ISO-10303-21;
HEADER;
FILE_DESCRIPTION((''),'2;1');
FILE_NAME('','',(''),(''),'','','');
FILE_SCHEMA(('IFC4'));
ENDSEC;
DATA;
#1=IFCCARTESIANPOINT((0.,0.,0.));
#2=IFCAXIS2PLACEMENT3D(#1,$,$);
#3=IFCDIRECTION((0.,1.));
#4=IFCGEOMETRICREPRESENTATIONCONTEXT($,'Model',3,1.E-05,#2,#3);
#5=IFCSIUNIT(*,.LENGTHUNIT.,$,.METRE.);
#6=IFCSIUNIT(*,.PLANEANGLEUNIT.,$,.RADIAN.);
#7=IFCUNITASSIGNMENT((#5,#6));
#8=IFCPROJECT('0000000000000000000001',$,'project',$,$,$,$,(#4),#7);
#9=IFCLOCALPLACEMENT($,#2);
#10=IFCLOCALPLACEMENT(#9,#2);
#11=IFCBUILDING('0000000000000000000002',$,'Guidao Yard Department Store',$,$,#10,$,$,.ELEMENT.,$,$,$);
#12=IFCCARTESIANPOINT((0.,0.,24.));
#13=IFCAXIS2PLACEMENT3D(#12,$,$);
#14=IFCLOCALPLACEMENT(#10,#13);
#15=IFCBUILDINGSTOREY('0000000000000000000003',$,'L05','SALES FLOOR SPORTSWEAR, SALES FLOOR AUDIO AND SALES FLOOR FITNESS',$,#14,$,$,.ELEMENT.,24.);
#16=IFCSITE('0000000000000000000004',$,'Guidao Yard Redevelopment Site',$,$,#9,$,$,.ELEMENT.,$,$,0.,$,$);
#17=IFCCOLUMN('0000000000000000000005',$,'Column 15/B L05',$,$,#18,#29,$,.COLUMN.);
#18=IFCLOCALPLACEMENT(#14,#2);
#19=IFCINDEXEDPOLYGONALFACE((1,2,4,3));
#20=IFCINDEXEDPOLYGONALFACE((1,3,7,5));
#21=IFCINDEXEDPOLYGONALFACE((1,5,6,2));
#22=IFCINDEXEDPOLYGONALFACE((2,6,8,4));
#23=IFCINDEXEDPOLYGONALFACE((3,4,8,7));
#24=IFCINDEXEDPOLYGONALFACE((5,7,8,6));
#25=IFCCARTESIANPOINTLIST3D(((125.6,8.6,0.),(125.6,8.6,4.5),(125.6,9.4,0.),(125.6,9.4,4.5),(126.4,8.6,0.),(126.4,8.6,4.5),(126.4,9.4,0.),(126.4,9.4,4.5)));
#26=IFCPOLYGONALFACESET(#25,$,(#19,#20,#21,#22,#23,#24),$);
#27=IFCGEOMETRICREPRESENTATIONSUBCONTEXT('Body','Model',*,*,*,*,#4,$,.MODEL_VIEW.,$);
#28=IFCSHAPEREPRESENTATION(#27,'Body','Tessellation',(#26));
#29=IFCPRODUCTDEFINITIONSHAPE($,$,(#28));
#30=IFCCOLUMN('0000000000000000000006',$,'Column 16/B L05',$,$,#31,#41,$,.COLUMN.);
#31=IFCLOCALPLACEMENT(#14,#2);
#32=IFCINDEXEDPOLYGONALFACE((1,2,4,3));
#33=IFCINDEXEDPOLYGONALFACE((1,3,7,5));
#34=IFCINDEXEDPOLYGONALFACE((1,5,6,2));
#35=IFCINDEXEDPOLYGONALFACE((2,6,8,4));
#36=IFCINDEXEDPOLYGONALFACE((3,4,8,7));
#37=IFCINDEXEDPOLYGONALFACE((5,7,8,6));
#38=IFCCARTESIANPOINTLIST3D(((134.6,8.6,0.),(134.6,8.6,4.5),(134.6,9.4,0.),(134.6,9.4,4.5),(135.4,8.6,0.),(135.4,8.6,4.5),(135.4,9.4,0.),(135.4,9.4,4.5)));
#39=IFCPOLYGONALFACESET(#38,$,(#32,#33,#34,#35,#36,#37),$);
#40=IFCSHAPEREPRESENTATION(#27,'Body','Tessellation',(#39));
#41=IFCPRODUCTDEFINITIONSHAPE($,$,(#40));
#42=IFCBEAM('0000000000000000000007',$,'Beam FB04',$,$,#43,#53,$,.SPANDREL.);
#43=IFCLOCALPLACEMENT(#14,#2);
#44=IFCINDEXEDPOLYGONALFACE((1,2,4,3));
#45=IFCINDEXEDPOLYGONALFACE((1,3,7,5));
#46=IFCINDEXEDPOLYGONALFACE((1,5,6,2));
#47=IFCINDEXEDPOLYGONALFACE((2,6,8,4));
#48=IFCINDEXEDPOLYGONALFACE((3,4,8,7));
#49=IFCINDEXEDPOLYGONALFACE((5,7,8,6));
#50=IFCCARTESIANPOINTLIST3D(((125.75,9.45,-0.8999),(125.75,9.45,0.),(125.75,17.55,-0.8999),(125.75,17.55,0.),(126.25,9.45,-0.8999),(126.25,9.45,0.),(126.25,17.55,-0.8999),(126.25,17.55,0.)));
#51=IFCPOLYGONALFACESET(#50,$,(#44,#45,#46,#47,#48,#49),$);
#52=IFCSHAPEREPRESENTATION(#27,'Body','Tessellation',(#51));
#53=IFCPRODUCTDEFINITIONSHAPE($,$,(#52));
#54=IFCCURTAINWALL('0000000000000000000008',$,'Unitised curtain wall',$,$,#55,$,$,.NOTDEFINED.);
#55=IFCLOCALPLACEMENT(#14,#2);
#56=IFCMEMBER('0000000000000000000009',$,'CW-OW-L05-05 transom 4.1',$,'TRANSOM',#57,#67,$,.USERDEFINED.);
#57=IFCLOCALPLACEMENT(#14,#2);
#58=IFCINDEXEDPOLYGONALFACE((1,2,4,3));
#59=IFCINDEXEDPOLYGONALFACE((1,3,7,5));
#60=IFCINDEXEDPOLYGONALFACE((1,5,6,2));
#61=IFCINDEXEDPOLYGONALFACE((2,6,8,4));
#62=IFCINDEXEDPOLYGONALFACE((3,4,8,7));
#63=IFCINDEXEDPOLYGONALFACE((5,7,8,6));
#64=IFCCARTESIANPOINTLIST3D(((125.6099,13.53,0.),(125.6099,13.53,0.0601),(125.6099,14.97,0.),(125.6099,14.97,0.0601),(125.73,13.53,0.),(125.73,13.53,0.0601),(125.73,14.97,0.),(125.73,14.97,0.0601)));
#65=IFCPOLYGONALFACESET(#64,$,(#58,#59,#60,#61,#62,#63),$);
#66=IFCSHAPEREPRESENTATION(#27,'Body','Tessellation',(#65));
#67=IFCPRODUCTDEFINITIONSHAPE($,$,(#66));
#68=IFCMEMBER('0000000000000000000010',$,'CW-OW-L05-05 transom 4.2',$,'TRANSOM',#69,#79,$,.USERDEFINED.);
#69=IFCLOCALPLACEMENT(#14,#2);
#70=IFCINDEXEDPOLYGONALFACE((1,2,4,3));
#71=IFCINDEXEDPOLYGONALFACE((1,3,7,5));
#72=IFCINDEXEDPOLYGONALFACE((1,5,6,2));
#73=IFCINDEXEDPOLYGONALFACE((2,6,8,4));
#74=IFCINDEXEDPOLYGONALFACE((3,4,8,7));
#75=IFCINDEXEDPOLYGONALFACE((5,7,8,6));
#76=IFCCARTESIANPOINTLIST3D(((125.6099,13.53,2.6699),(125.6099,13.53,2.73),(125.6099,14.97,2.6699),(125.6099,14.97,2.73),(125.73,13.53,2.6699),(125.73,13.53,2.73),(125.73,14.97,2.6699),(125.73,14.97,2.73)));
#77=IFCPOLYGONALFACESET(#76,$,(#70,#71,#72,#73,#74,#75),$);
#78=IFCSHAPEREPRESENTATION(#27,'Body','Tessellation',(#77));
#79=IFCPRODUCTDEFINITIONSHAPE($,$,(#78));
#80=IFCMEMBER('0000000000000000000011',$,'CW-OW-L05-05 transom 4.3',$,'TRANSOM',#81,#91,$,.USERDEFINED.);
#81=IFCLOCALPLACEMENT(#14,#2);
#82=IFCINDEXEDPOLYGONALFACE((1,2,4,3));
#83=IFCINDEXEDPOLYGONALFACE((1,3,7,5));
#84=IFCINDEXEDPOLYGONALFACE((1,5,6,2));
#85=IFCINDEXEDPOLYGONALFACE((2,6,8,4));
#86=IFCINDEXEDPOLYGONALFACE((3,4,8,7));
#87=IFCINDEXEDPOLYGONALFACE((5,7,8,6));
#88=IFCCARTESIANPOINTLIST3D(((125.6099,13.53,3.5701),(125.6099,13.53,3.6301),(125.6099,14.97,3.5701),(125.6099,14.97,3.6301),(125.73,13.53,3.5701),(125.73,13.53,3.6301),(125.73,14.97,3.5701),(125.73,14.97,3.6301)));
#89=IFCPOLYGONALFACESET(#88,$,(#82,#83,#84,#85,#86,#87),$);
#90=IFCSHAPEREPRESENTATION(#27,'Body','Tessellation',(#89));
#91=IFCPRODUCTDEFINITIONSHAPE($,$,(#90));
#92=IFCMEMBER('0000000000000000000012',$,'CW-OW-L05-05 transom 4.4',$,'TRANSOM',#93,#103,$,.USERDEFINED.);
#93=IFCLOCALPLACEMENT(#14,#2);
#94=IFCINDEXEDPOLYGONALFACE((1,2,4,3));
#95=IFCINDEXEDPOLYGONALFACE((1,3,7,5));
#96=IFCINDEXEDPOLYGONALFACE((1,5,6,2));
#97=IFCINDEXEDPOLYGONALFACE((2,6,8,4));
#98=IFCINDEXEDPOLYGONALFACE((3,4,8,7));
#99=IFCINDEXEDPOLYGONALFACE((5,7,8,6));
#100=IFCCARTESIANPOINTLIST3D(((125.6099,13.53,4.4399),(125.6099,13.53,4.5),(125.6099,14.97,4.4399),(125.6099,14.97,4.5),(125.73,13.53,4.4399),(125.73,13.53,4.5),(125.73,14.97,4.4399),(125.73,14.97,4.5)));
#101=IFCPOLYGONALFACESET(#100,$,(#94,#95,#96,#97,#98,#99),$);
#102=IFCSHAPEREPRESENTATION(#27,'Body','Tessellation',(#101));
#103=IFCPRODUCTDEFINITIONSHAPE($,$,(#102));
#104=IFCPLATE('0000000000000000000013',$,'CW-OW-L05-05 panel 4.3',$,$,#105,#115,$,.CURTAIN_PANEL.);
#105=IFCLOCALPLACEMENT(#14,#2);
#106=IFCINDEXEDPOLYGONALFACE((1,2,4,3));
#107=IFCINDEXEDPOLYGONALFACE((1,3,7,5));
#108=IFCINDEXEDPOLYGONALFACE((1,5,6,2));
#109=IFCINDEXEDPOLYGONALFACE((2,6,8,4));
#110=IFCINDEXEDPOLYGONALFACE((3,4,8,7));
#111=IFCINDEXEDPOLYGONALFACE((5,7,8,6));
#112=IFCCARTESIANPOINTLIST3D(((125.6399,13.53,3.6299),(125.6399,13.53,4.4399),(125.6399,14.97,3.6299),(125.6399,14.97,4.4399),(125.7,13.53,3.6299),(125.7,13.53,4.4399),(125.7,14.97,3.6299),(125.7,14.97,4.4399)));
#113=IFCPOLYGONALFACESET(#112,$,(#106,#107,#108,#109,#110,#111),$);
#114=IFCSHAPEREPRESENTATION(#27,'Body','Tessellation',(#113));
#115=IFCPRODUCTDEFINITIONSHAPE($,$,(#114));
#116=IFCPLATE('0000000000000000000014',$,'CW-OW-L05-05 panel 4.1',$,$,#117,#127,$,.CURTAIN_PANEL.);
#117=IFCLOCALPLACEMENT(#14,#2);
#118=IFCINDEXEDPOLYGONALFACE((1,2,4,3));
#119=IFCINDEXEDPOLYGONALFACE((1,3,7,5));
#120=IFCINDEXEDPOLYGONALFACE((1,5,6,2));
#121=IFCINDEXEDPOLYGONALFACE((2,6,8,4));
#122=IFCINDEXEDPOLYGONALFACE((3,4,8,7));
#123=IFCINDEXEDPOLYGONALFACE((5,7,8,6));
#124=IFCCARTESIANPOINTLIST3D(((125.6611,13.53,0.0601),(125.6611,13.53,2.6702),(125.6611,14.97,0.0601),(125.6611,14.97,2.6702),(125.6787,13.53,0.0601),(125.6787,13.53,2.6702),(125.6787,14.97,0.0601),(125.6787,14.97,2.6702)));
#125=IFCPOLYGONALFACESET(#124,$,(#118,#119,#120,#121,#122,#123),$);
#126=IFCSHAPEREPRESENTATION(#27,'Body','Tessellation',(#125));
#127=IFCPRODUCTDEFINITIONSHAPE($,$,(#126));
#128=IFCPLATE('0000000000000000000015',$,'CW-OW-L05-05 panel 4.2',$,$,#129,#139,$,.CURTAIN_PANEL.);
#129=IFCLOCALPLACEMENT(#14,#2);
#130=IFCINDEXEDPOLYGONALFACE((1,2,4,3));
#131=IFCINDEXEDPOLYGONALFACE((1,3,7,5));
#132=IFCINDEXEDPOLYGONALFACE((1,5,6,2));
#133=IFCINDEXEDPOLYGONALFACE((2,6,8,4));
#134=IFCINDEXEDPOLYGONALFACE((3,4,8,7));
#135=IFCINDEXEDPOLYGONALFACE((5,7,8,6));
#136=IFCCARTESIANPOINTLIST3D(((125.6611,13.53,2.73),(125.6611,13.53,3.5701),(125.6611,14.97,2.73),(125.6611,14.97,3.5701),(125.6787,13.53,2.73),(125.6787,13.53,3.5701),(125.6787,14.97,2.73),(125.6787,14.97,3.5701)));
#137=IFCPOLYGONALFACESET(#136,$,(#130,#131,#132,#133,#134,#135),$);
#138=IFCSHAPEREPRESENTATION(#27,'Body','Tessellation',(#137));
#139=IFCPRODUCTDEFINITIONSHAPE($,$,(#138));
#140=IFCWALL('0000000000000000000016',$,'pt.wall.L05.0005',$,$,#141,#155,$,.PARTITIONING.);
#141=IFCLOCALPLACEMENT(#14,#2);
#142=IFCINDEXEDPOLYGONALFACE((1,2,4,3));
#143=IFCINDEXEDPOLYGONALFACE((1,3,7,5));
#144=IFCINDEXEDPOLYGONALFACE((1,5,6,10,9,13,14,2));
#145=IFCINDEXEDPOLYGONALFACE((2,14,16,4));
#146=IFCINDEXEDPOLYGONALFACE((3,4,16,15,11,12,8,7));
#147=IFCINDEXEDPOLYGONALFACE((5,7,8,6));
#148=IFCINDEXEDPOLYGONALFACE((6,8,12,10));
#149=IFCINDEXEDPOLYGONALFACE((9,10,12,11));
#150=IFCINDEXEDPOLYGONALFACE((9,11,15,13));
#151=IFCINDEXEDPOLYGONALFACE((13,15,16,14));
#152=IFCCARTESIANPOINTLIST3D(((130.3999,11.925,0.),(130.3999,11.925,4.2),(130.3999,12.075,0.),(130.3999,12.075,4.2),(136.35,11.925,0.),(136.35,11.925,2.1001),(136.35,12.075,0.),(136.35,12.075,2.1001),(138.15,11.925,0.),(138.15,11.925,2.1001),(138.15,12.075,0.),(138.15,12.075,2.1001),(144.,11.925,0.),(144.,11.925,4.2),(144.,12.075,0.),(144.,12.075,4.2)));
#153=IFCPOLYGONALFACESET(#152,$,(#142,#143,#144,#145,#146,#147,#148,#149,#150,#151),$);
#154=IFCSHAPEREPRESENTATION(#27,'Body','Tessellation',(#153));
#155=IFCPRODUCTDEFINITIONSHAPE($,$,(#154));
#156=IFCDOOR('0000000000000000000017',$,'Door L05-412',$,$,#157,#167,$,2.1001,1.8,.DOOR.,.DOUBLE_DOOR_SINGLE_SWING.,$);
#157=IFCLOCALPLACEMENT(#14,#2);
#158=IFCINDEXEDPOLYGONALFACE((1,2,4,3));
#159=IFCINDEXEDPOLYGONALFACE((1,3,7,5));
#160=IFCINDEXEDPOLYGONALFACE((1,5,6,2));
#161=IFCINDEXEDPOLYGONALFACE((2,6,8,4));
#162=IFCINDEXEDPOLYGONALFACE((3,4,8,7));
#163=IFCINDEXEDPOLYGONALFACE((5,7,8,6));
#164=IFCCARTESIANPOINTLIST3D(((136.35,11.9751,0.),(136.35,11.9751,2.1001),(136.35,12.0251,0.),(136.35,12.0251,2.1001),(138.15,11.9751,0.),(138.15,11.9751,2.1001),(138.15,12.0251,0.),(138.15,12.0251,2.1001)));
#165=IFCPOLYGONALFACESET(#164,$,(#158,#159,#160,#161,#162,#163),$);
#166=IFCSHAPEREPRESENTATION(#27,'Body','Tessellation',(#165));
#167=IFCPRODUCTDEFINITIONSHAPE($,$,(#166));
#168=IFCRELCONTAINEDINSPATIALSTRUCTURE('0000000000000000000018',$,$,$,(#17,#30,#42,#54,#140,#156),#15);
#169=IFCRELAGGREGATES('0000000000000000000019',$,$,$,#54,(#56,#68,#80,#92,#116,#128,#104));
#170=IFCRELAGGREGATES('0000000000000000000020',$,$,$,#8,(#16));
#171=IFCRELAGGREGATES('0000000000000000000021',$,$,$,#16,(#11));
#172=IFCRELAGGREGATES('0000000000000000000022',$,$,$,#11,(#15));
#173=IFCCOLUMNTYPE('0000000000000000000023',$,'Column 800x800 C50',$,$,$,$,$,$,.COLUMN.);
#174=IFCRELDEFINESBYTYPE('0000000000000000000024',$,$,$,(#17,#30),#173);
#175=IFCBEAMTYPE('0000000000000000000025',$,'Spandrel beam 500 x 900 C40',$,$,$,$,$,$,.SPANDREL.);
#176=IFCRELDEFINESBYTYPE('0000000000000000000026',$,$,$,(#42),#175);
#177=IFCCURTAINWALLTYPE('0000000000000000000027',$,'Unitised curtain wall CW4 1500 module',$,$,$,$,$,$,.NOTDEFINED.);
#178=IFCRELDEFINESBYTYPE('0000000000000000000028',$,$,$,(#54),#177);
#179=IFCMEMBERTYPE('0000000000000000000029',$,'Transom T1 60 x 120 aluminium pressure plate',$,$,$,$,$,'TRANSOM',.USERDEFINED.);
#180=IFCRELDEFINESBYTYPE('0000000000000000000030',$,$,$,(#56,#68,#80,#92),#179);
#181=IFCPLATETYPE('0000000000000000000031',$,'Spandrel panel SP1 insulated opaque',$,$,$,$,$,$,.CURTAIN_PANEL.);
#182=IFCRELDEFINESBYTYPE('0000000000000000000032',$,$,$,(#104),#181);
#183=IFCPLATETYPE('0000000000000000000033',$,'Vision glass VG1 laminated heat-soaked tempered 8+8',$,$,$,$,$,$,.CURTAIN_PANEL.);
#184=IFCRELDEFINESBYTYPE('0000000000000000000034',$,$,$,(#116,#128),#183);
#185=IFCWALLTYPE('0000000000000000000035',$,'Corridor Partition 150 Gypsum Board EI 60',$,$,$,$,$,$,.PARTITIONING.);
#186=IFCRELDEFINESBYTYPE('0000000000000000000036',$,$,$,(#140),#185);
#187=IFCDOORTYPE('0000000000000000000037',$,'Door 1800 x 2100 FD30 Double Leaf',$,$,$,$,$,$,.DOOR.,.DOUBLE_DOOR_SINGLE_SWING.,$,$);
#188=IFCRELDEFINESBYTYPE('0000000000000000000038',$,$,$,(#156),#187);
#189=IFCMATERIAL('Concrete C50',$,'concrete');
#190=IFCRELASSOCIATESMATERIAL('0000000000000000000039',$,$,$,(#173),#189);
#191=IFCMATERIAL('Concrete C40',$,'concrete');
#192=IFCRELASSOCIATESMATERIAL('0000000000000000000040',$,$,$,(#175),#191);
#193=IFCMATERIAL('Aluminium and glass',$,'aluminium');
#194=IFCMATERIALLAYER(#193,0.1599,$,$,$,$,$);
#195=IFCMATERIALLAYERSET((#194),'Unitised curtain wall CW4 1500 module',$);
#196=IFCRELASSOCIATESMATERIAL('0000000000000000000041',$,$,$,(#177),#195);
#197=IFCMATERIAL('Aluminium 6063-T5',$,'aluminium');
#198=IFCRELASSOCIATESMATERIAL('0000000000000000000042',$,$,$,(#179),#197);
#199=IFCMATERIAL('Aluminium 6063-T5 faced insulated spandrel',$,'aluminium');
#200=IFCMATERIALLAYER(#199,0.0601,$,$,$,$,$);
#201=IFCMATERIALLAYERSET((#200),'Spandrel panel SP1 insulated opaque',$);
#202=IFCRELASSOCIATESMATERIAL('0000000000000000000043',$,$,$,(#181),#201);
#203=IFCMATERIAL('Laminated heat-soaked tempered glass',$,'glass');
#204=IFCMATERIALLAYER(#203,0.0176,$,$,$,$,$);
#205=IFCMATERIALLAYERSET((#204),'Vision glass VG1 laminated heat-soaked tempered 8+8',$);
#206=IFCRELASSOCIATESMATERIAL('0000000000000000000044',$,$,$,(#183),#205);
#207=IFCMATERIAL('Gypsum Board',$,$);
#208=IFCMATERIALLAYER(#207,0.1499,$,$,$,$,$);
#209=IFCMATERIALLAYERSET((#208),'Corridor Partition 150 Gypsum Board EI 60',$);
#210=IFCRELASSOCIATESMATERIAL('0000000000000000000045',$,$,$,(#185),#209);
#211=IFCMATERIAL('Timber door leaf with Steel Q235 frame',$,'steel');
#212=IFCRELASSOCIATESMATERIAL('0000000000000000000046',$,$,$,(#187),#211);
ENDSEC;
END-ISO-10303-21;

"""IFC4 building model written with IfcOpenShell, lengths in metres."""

from ifc_helpers import new_model, si_unit, direction, frame, frame_2d, origin, origin_2d, place, context, subcontext, project, spatial, rectangle, extrude, material, layer, layer_set, material_profile, profile_set, type_object, element, fill, aggregate, save


model = new_model("IFC4")

# Units and contexts
model_context = context("Model", 3, precision=1e-05, world=origin(), true_north=direction((0.0, 1.0)))
body_context = subcontext(model_context, "Body", "Model", "MODEL_VIEW")
ifc_project = project(units=[si_unit("LENGTHUNIT", "METRE"), si_unit("PLANEANGLEUNIT", "RADIAN")], contexts=[model_context])

# Site, building, storey
site_placement = place(None, origin())
site = spatial("IfcSite", under=ifc_project, at=site_placement, Name="Guidao Yard Redevelopment Site", CompositionType="ELEMENT", RefElevation=0.0)
building_placement = place(site_placement, origin())
building = spatial("IfcBuilding", under=site, at=building_placement, Name="Guidao Yard Department Store", CompositionType="ELEMENT")
storey_placement = place(building_placement, frame((0.0, 0.0, 24.0)))
storey = spatial("IfcBuildingStorey", under=building, at=storey_placement, Name="L05", Description="SALES FLOOR SPORTSWEAR, SALES FLOOR AUDIO AND SALES FLOOR FITNESS", CompositionType="ELEMENT", Elevation=24.0)

# Columns
ifc_material_1 = material(Name="Concrete C50", Category="concrete")
ifc_material_profile_1 = material_profile(ifc_material_1, rectangle(XDim=0.8, YDim=0.8, at=origin_2d()), Name="COL 800x800")
ifc_profile_set_1 = profile_set([ifc_material_profile_1], Name="Concrete C50")
column_type = type_object("IfcColumnType", Name="Column 800x800 C50", PredefinedType="COLUMN", material=ifc_profile_set_1)
for number, where, z_axis, x_axis, name in (
    (1, (126.0, 9.0, 0.0), (0.0, 0.0, 1.0), (1.0, 0.0, 0.0), "Column 15/B L05"),
    (2, (135.0, 9.0, 0.0), (0.0, 0.0, 1.0), (1.0, 0.0, 0.0), "Column 16/B L05"),
):
    element("IfcColumn", number, at=place(storey_placement, frame(where, z_axis=z_axis, x_axis=x_axis)), inside=storey, type_object=column_type, Name=name, PredefinedType="COLUMN", context=body_context, shape_type="SweptSolid", body=[
        extrude(rectangle(XDim=0.8, YDim=0.8, at=origin_2d()), origin(), (0.0, 0.0, 1.0), 4.5),
    ])

# Beam
ifc_material_2 = material(Name="Concrete C40", Category="concrete")
ifc_material_profile_2 = material_profile(ifc_material_2, rectangle(XDim=0.5, YDim=0.8999, at=origin_2d()), Name="Spandrel beam 500 x 900 C40")
ifc_profile_set_2 = profile_set([ifc_material_profile_2], Name="Concrete C40")
beam_type = type_object("IfcBeamType", Name="Spandrel beam 500 x 900 C40", PredefinedType="SPANDREL", material=ifc_profile_set_2)
beam_placement = place(storey_placement, frame((126.0, 9.45, -0.45), z_axis=(0.0, 1.0, 0.0), x_axis=(-1.0, 0.0, 0.0)))
element("IfcBeam", 3, at=beam_placement, inside=storey, type_object=beam_type, Name="Beam FB04", PredefinedType="SPANDREL", context=body_context, shape_type="SweptSolid", body=[
    extrude(rectangle(XDim=0.5, YDim=0.8999, at=origin_2d()), origin(), (0.0, 0.0, 1.0), 8.1001),
])

# Curtain wall, members, plates
ifc_material_3 = material(Name="Aluminium and glass", Category="aluminium")
ifc_layer_1 = layer(ifc_material_3, 0.1599)
ifc_layer_set_1 = layer_set([ifc_layer_1], Name="Unitised curtain wall CW4 1500 module")
curtain_wall_type = type_object("IfcCurtainWallType", Name="Unitised curtain wall CW4 1500 module", PredefinedType="NOTDEFINED", material=ifc_layer_set_1)
curtain_wall_placement = place(storey_placement, origin())
curtain_wall = element("IfcCurtainWall", 4, at=curtain_wall_placement, inside=storey, type_object=curtain_wall_type, Name="Unitised curtain wall", PredefinedType="NOTDEFINED")
ifc_material_4 = material(Name="Aluminium 6063-T5", Category="aluminium")
ifc_material_profile_3 = material_profile(ifc_material_4, rectangle(XDim=0.1201, YDim=0.0601, at=origin_2d()), Name="Transom T1 60 x 120 aluminium pressure plate")
ifc_profile_set_3 = profile_set([ifc_material_profile_3], Name="Aluminium 6063-T5")
member_type = type_object("IfcMemberType", Name="Transom T1 60 x 120 aluminium pressure plate", ElementType="TRANSOM", PredefinedType="USERDEFINED", material=ifc_profile_set_3)
member_1_placement = place(storey_placement, frame((125.6699, 13.53, 0.03), z_axis=(0.0, 1.0, 0.0), x_axis=(-1.0, 0.0, 0.0)))
member_1 = element("IfcMember", 5, at=member_1_placement, type_object=member_type, Name="CW-OW-L05-05 transom 4.1", ObjectType="TRANSOM", PredefinedType="USERDEFINED", context=body_context, shape_type="SweptSolid", body=[
    extrude(rectangle(XDim=0.1201, YDim=0.0601, at=origin_2d()), origin(), (0.0, 0.0, 1.0), 1.4399),
])
member_2_placement = place(storey_placement, frame((125.6699, 13.53, 2.7), z_axis=(0.0, 1.0, 0.0), x_axis=(-1.0, 0.0, 0.0)))
member_2 = element("IfcMember", 6, at=member_2_placement, type_object=member_type, Name="CW-OW-L05-05 transom 4.2", ObjectType="TRANSOM", PredefinedType="USERDEFINED", context=body_context, shape_type="SweptSolid", body=[
    extrude(rectangle(XDim=0.1201, YDim=0.0601, at=origin_2d()), origin(), (0.0, 0.0, 1.0), 1.4399),
])
member_3_placement = place(storey_placement, frame((125.6699, 13.53, 3.6001), z_axis=(0.0, 1.0, 0.0), x_axis=(-1.0, 0.0, 0.0)))
member_3 = element("IfcMember", 7, at=member_3_placement, type_object=member_type, Name="CW-OW-L05-05 transom 4.3", ObjectType="TRANSOM", PredefinedType="USERDEFINED", context=body_context, shape_type="SweptSolid", body=[
    extrude(rectangle(XDim=0.1201, YDim=0.0601, at=origin_2d()), origin(), (0.0, 0.0, 1.0), 1.4399),
])
member_4_placement = place(storey_placement, frame((125.6699, 13.53, 4.47), z_axis=(0.0, 1.0, 0.0), x_axis=(-1.0, 0.0, 0.0)))
member_4 = element("IfcMember", 8, at=member_4_placement, type_object=member_type, Name="CW-OW-L05-05 transom 4.4", ObjectType="TRANSOM", PredefinedType="USERDEFINED", context=body_context, shape_type="SweptSolid", body=[
    extrude(rectangle(XDim=0.1201, YDim=0.0601, at=origin_2d()), origin(), (0.0, 0.0, 1.0), 1.4399),
])
ifc_material_5 = material(Name="Aluminium 6063-T5 faced insulated spandrel", Category="aluminium")
ifc_layer_2 = layer(ifc_material_5, 0.0601)
ifc_layer_set_2 = layer_set([ifc_layer_2], Name="Spandrel panel SP1 insulated opaque")
plate_type_1 = type_object("IfcPlateType", Name="Spandrel panel SP1 insulated opaque", PredefinedType="CURTAIN_PANEL", material=ifc_layer_set_2)
plate_1_placement = place(storey_placement, frame((125.6699, 14.25, 3.6299), z_axis=(0.0, 0.0, 1.0), x_axis=(0.0, 1.0, 0.0)))
plate_1 = element("IfcPlate", 9, at=plate_1_placement, type_object=plate_type_1, Name="CW-OW-L05-05 panel 4.3", PredefinedType="CURTAIN_PANEL", context=body_context, shape_type="SweptSolid", body=[
    extrude(rectangle(XDim=1.4399, YDim=0.0601, at=origin_2d()), origin(), (0.0, 0.0, 1.0), 0.8101),
])
ifc_material_6 = material(Name="Laminated heat-soaked tempered glass", Category="glass")
ifc_layer_3 = layer(ifc_material_6, 0.0176)
ifc_layer_set_3 = layer_set([ifc_layer_3], Name="Vision glass VG1 laminated heat-soaked tempered 8+8")
plate_type_2 = type_object("IfcPlateType", Name="Vision glass VG1 laminated heat-soaked tempered 8+8", PredefinedType="CURTAIN_PANEL", material=ifc_layer_set_3)
plate_2_placement = place(storey_placement, frame((125.6699, 14.25, 0.0601), z_axis=(0.0, 0.0, 1.0), x_axis=(0.0, 1.0, 0.0)))
plate_2 = element("IfcPlate", 10, at=plate_2_placement, type_object=plate_type_2, Name="CW-OW-L05-05 panel 4.1", PredefinedType="CURTAIN_PANEL", context=body_context, shape_type="SweptSolid", body=[
    extrude(rectangle(XDim=1.4399, YDim=0.0176, at=origin_2d()), origin(), (0.0, 0.0, 1.0), 2.6101),
])
plate_3_placement = place(storey_placement, frame((125.6699, 14.25, 2.73), z_axis=(0.0, 0.0, 1.0), x_axis=(0.0, 1.0, 0.0)))
plate_3 = element("IfcPlate", 11, at=plate_3_placement, type_object=plate_type_2, Name="CW-OW-L05-05 panel 4.2", PredefinedType="CURTAIN_PANEL", context=body_context, shape_type="SweptSolid", body=[
    extrude(rectangle(XDim=1.4399, YDim=0.0176, at=origin_2d()), origin(), (0.0, 0.0, 1.0), 0.8401),
])
aggregate(curtain_wall, [member_1, member_2, member_3, member_4, plate_2, plate_3, plate_1])

# Wall, opening, door
ifc_material_7 = material(Name="Gypsum Board")
ifc_layer_4 = layer(ifc_material_7, 0.1499)
ifc_layer_set_4 = layer_set([ifc_layer_4], Name="Corridor Partition 150 Gypsum Board EI 60")
wall_type_1 = type_object("IfcWallType", Name="Corridor Partition 150 Gypsum Board EI 60", PredefinedType="PARTITIONING", material=ifc_layer_set_4)
wall_1_placement = place(storey_placement, frame((130.3999, 12.0, 0.0), z_axis=(0.0, 0.0, 1.0), x_axis=(1.0, 0.0, 0.0)))
wall_1 = element("IfcWall", 12, at=wall_1_placement, inside=storey, type_object=wall_type_1, Name="pt.wall.L05.0005", PredefinedType="PARTITIONING", context=body_context, shape_type="SweptSolid", body=[
    extrude(rectangle(XDim=13.6001, YDim=0.1499, at=frame_2d((6.8, 0.0))), origin(), (0.0, 0.0, 1.0), 4.2),
])
opening_1_placement = place(wall_1_placement, frame((7.75, 0.0, 0.0), z_axis=(0.0, 0.0, 1.0), x_axis=(-1.0, 0.0, 0.0)))
opening_1 = element("IfcOpeningElement", 13, at=opening_1_placement, cuts=wall_1, PredefinedType="OPENING", context=body_context, shape_type="SweptSolid", body=[
    extrude(rectangle(XDim=1.8, YDim=2.1001, at=frame_2d((0.8999, 1.05))), frame((0.0, 0.085, 0.0), z_axis=(0.0, -1.0, 0.0), x_axis=(1.0, 0.0, 0.0)), (0.0, 0.0, 1.0), 0.1699),
])
ifc_material_8 = material(Name="Timber door leaf with Steel Q235 frame", Category="steel")
door_type_1 = type_object("IfcDoorType", Name="Door 1800 x 2100 FD30 Double Leaf", OperationType="DOUBLE_DOOR_SINGLE_SWING", PredefinedType="DOOR", material=ifc_material_8)
door_1_placement = place(opening_1_placement, origin())
door_1 = element("IfcDoor", 14, at=door_1_placement, inside=storey, type_object=door_type_1, Name="Door L05-412", OperationType="DOUBLE_DOOR_SINGLE_SWING", OverallHeight=2.1001, OverallWidth=1.8, PredefinedType="DOOR", context=body_context, shape_type="SweptSolid", body=[
    extrude(rectangle(XDim=1.8, YDim=2.1001, at=frame_2d((0.8999, 1.05))), frame((0.0, 0.0249, 0.0), z_axis=(0.0, -1.0, 0.0), x_axis=(1.0, 0.0, 0.0)), (0.0, 0.0, 1.0), 0.05),
])
fill(opening_1, door_1)

save(model, "model.ifc")
